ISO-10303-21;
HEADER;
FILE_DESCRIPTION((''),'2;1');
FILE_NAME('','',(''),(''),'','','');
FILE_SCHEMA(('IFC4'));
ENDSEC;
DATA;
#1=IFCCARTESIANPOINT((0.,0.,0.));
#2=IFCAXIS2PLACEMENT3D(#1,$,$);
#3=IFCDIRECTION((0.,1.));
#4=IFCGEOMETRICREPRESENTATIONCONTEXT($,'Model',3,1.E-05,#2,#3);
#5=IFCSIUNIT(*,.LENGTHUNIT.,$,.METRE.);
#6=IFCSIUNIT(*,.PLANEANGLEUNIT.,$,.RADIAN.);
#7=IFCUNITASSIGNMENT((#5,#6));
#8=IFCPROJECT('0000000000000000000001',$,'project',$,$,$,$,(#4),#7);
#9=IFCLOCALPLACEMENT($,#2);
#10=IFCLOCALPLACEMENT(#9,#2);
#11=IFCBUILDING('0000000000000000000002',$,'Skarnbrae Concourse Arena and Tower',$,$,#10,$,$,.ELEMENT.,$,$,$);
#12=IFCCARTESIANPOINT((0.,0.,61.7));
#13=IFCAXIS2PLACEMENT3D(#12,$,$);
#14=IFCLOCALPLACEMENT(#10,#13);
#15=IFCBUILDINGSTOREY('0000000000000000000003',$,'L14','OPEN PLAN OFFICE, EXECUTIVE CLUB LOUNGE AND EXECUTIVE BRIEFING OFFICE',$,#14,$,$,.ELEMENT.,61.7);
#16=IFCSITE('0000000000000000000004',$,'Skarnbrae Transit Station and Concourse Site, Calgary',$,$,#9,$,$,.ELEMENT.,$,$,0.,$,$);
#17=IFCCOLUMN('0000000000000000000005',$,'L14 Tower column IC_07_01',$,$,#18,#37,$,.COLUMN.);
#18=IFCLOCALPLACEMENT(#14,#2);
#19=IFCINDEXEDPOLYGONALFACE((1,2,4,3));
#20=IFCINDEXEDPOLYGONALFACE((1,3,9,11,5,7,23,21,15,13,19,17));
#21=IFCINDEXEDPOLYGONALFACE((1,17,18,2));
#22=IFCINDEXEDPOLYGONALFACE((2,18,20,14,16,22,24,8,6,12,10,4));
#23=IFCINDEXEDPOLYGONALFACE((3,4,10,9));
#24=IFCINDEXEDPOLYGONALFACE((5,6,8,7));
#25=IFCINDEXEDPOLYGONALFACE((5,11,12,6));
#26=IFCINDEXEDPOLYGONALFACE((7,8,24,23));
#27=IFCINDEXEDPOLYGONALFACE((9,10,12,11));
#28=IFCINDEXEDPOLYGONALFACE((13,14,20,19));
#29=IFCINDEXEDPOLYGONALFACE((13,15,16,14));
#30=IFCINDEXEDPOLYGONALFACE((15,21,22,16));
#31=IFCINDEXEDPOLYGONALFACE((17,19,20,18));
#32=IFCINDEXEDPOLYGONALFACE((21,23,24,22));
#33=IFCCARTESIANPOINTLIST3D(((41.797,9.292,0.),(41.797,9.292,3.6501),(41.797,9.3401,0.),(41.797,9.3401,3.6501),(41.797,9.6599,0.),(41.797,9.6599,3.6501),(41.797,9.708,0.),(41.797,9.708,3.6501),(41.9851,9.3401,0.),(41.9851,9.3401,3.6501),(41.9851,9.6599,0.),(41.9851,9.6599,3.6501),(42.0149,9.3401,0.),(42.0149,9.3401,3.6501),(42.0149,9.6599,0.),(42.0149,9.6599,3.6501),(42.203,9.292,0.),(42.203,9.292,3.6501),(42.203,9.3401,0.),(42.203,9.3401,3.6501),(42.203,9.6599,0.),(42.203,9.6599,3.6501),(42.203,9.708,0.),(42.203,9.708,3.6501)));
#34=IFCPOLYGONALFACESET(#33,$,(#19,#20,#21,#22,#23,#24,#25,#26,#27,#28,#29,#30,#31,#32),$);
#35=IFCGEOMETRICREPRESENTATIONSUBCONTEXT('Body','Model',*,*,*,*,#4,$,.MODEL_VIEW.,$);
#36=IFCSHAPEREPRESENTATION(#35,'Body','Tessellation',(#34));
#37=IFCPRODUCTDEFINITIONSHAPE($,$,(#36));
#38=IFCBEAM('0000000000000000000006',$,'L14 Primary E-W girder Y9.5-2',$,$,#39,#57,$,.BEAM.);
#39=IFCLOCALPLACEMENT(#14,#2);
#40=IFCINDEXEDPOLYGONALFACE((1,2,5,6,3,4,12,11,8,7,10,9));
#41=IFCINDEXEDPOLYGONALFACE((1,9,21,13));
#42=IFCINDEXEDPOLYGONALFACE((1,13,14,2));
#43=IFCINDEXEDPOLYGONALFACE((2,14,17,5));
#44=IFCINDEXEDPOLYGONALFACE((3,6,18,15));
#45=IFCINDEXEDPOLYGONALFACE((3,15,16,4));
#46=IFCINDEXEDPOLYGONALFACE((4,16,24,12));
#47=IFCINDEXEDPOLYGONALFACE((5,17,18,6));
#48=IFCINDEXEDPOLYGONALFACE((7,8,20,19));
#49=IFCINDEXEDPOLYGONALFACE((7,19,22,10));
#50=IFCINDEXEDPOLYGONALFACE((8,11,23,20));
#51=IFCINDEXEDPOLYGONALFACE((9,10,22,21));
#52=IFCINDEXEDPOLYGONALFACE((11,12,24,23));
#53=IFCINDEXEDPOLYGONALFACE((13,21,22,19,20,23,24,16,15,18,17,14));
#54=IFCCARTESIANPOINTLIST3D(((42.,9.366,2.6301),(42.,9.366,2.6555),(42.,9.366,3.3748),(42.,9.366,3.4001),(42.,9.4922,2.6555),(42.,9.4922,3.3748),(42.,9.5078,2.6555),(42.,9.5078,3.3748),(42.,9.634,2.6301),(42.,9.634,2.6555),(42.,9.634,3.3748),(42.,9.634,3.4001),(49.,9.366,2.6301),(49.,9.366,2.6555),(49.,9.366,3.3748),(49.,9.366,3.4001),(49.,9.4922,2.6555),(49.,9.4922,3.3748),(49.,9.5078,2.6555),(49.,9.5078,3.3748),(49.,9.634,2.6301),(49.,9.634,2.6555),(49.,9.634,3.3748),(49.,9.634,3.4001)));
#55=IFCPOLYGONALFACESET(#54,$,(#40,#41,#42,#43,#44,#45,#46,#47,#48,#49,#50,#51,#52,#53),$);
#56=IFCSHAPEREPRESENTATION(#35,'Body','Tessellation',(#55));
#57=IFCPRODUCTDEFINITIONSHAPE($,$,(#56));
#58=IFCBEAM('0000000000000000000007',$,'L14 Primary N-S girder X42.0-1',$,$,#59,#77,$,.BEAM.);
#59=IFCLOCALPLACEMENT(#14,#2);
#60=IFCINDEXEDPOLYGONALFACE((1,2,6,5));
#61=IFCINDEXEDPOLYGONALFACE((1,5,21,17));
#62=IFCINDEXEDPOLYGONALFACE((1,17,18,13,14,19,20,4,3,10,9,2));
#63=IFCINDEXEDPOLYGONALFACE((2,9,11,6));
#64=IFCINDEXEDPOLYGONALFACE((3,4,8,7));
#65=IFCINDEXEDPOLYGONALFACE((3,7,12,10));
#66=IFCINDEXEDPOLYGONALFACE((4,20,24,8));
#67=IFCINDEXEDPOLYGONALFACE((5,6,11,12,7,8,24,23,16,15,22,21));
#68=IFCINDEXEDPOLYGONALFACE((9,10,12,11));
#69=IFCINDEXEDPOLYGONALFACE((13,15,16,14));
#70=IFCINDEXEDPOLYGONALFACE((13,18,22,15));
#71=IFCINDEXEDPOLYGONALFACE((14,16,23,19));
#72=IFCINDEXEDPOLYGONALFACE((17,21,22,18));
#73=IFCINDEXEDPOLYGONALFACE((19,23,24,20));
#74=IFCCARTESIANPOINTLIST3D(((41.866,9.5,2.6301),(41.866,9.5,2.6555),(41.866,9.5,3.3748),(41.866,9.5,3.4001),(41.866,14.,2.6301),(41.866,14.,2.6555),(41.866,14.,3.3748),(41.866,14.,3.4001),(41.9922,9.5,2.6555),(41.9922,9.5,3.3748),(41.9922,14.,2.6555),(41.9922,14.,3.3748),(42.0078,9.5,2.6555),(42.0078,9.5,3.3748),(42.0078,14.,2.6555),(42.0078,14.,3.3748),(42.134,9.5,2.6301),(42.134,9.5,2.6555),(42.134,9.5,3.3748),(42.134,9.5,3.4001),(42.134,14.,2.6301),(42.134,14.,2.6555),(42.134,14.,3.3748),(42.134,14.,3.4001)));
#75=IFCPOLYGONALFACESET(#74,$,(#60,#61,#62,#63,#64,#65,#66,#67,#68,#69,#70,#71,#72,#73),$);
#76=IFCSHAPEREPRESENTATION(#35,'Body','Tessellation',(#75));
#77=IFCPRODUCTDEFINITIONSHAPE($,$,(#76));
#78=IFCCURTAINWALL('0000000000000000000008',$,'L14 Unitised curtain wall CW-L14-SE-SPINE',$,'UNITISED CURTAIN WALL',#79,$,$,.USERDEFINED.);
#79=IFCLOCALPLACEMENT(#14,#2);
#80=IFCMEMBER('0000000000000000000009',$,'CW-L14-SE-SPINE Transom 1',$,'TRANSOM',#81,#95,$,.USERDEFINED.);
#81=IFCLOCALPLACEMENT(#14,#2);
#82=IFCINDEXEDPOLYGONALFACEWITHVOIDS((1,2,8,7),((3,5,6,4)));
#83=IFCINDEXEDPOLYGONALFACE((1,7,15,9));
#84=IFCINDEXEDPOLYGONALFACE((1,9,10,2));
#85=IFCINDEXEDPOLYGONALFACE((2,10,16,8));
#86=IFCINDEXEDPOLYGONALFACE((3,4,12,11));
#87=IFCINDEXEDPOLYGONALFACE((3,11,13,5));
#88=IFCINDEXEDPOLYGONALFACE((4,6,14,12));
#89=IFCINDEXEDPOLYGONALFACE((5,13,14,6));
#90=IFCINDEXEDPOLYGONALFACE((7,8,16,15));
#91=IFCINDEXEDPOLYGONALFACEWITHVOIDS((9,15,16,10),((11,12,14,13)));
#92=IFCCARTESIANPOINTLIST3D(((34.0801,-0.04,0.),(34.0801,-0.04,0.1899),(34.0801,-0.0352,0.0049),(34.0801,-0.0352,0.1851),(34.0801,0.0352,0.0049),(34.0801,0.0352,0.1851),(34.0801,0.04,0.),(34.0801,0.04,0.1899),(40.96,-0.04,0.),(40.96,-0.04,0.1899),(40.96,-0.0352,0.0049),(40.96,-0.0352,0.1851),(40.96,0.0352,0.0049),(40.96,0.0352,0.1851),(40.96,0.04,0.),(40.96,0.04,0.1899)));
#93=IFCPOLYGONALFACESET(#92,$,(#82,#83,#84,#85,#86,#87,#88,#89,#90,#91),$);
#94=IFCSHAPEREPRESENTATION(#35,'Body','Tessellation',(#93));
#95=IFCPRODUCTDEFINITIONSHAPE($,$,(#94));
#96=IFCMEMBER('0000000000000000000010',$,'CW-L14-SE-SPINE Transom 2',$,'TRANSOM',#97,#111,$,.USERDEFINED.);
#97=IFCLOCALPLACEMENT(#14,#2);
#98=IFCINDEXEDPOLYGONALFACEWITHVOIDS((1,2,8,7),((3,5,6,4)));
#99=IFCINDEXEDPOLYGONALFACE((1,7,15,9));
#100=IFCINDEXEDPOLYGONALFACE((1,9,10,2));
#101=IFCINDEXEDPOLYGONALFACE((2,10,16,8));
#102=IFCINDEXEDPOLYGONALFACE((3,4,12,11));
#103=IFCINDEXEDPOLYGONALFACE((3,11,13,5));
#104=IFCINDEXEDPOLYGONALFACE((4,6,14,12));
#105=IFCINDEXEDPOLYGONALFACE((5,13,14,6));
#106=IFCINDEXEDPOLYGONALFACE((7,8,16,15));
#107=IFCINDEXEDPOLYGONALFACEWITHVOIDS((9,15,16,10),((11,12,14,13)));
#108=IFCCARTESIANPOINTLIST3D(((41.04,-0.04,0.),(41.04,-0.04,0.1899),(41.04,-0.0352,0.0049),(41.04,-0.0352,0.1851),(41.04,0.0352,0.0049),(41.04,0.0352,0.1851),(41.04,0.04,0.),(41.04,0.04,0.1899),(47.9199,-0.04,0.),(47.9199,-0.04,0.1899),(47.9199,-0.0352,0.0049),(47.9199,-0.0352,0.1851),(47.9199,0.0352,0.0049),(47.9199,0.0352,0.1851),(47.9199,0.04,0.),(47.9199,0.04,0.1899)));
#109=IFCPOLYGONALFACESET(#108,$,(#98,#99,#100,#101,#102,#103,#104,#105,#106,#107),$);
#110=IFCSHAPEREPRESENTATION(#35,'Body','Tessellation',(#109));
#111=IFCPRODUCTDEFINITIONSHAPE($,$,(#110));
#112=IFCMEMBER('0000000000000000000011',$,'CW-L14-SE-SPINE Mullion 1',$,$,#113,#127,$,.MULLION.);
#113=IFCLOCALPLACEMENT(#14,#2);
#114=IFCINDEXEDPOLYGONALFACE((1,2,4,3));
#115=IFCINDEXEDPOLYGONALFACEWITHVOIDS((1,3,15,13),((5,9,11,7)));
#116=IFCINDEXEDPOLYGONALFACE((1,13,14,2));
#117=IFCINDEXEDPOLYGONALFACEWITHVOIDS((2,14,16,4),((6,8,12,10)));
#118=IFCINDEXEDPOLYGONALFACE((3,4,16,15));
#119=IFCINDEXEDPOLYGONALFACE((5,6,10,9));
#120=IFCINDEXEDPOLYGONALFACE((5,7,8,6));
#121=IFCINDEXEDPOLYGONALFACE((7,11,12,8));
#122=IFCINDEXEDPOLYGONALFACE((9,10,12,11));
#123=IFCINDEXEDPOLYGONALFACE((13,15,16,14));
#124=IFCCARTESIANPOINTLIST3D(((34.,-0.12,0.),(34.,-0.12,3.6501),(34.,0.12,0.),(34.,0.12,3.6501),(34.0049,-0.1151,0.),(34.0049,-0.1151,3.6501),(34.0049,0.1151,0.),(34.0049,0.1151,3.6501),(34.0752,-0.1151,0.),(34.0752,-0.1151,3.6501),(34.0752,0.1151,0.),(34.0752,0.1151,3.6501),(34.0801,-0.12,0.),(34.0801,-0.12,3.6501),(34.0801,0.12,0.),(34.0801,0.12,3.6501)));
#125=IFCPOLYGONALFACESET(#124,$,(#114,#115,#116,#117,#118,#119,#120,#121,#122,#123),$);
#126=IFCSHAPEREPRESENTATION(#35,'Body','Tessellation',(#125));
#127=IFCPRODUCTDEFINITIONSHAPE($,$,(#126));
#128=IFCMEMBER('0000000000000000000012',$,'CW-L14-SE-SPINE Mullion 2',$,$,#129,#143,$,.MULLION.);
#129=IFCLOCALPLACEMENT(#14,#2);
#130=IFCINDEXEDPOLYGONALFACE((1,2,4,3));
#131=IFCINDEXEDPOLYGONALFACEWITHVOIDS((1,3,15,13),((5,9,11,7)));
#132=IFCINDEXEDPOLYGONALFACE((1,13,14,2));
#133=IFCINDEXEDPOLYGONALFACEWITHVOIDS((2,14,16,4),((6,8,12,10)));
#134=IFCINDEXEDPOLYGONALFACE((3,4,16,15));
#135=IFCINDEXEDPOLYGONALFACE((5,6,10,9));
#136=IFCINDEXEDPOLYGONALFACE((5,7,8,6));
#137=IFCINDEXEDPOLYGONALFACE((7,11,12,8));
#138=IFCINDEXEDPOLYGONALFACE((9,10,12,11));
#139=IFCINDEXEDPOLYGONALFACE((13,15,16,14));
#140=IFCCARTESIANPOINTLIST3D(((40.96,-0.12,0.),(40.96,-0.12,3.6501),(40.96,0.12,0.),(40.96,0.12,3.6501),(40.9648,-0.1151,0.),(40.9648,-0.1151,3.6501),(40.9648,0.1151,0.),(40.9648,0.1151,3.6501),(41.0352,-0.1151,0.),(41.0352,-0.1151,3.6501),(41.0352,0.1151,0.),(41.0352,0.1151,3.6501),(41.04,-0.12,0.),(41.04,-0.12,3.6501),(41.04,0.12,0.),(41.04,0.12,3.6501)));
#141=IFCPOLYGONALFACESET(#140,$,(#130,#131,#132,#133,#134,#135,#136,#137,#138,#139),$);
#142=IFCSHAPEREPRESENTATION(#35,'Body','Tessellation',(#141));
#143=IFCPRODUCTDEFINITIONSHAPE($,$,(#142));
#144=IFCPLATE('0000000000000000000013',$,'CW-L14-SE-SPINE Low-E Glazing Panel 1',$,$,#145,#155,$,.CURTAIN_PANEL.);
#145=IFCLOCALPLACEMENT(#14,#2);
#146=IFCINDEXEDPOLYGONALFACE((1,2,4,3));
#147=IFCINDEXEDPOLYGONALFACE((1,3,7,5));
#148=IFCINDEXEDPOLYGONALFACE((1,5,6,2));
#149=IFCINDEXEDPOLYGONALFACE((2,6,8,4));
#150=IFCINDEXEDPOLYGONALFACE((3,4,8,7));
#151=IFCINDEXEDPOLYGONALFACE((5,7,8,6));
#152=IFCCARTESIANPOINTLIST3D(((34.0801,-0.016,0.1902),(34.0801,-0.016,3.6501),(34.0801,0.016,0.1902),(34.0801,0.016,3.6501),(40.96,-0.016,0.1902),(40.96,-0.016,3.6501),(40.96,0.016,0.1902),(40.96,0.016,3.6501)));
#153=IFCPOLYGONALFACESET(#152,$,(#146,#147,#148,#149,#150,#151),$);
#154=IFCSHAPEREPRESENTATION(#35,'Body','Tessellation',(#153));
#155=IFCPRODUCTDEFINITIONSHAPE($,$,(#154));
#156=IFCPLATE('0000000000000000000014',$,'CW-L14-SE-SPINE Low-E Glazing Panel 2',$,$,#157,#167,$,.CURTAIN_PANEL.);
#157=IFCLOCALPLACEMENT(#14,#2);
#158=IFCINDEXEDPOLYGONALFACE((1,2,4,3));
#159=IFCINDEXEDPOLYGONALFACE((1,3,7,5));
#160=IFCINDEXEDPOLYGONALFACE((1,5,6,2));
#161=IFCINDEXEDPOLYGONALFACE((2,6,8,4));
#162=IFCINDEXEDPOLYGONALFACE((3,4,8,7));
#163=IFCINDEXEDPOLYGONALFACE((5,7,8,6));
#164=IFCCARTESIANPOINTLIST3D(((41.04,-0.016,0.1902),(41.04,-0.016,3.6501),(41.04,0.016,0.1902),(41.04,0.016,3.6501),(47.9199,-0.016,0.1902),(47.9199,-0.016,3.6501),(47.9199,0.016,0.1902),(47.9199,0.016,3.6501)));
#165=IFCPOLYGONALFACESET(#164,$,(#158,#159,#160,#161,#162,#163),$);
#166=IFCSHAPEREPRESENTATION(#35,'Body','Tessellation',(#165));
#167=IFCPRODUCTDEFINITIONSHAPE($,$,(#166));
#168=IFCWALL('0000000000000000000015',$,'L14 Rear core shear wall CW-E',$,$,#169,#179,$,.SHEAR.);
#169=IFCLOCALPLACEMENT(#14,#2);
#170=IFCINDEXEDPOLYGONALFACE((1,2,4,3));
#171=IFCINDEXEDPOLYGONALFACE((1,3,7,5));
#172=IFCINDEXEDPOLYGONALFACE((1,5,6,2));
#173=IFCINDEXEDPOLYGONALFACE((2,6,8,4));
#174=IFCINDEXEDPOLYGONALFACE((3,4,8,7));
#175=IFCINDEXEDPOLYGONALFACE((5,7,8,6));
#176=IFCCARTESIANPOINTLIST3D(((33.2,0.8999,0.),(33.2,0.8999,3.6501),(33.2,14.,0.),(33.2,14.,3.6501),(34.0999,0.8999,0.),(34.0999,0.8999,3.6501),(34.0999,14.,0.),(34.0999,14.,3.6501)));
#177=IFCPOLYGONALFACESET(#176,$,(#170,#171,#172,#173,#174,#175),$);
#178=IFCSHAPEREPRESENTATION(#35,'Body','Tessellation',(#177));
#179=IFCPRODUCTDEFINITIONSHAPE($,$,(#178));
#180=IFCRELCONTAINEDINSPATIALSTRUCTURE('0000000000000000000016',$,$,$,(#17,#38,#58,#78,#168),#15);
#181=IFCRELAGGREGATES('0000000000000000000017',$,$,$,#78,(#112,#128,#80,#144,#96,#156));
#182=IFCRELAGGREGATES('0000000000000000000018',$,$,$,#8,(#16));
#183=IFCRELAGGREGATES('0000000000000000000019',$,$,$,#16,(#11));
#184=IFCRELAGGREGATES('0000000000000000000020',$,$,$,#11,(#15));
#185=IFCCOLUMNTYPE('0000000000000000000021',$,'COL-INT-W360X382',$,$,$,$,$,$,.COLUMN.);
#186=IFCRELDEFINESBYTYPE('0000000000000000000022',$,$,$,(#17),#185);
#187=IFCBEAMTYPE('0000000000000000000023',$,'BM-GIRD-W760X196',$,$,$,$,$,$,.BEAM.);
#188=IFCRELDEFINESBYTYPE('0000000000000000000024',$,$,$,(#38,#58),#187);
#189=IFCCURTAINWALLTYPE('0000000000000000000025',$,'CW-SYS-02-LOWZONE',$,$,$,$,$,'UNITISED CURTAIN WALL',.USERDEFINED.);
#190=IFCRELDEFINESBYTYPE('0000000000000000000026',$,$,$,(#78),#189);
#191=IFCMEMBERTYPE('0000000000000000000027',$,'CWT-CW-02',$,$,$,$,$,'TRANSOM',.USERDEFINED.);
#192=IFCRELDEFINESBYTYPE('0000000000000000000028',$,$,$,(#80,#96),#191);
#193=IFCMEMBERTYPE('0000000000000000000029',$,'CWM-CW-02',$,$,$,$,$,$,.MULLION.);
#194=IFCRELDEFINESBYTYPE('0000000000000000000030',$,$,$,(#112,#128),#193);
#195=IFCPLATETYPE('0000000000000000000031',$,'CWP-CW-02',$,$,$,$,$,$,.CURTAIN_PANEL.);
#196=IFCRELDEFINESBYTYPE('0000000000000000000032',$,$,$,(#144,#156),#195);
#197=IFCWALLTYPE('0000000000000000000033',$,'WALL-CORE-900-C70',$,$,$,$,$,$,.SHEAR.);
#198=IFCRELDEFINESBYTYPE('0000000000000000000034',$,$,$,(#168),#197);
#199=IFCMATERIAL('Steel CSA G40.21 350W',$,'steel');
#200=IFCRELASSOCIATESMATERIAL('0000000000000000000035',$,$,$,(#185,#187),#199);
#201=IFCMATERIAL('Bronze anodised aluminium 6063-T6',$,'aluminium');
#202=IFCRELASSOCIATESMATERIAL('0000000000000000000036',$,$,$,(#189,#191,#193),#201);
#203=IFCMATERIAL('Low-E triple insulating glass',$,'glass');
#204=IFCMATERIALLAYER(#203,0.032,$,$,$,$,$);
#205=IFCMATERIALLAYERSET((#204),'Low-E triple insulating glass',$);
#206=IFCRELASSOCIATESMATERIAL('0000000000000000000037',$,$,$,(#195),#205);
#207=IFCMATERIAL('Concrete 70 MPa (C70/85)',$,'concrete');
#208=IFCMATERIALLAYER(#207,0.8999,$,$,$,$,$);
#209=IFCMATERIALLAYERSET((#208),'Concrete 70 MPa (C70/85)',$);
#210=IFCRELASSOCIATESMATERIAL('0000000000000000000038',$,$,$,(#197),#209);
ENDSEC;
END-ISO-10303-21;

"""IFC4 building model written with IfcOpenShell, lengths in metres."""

from ifc_helpers import new_model, si_unit, direction, frame, frame_2d, origin, origin_2d, place, context, subcontext, project, spatial, rectangle, hollow_rectangle, i_section, extrude, source, transform, mapped, material, layer, layer_set, material_profile, profile_set, type_object, element, aggregate, save


model = new_model("IFC4")

# Units and contexts
model_context = context("Model", 3, precision=1e-05, world=origin(), true_north=direction((0.0, 1.0)))
body_context = subcontext(model_context, "Body", "Model", "MODEL_VIEW")
ifc_project = project(units=[si_unit("LENGTHUNIT", "METRE"), si_unit("PLANEANGLEUNIT", "RADIAN")], contexts=[model_context])

# Site, building, storey
site_placement = place(None, origin())
site = spatial("IfcSite", under=ifc_project, at=site_placement, Name="Skarnbrae Transit Station and Concourse Site, Calgary", CompositionType="ELEMENT", RefElevation=0.0)
building_placement = place(site_placement, origin())
building = spatial("IfcBuilding", under=site, at=building_placement, Name="Skarnbrae Concourse Arena and Tower", CompositionType="ELEMENT")
storey_placement = place(building_placement, frame((0.0, 0.0, 61.7)))
storey = spatial("IfcBuildingStorey", under=building, at=storey_placement, Name="L14", Description="OPEN PLAN OFFICE, EXECUTIVE CLUB LOUNGE AND EXECUTIVE BRIEFING OFFICE", CompositionType="ELEMENT", Elevation=61.7)

# Column
ifc_material_1 = material(Name="Steel CSA G40.21 350W", Category="steel")
ifc_material_profile_1 = material_profile(ifc_material_1, i_section(OverallWidth=0.406, OverallDepth=0.416, WebThickness=0.0298, FlangeThickness=0.0481, at=origin_2d()), Name="W360X382")
ifc_profile_set_1 = profile_set([ifc_material_profile_1], Name="Steel CSA G40.21 350W")
column_type = type_object("IfcColumnType", Name="COL-INT-W360X382", PredefinedType="COLUMN", material=ifc_profile_set_1)
shared_shape_1 = source(origin(), body_context, "Body", "SweptSolid", [
    extrude(i_section(OverallWidth=0.406, OverallDepth=0.416, WebThickness=0.0298, FlangeThickness=0.0481, at=origin_2d()), origin(), (0.0, 0.0, 1.0), 3.6501),
])
column_placement = place(storey_placement, frame((42.0, 9.5, 0.0), z_axis=(0.0, 0.0, 1.0), x_axis=(1.0, 0.0, 0.0)))
element("IfcColumn", 1, at=column_placement, inside=storey, type_object=column_type, Name="L14 Tower column IC_07_01", PredefinedType="COLUMN", context=body_context, shape_type="MappedRepresentation", body=[
    mapped(shared_shape_1, transform((0.0, 0.0, 0.0))),
])

# Beams
ifc_material_profile_2 = material_profile(ifc_material_1, i_section(OverallWidth=0.2681, OverallDepth=0.77, WebThickness=0.0156, FlangeThickness=0.0254, at=origin_2d()), Name="W760X196")
ifc_profile_set_2 = profile_set([ifc_material_profile_2], Name="Steel CSA G40.21 350W")
beam_type = type_object("IfcBeamType", Name="BM-GIRD-W760X196", PredefinedType="BEAM", material=ifc_profile_set_2)
shared_shape_2 = source(origin(), body_context, "Body", "SweptSolid", [
    extrude(i_section(OverallWidth=0.2681, OverallDepth=0.77, WebThickness=0.0156, FlangeThickness=0.0254, at=origin_2d()), origin(), (0.0, 0.0, 1.0), 7.0),
])
beam_1_placement = place(storey_placement, frame((42.0, 9.5, 3.0151), z_axis=(1.0, 0.0, 0.0), x_axis=(0.0, 1.0, 0.0)))
element("IfcBeam", 2, at=beam_1_placement, inside=storey, type_object=beam_type, Name="L14 Primary E-W girder Y9.5-2", PredefinedType="BEAM", context=body_context, shape_type="MappedRepresentation", body=[
    mapped(shared_shape_2, transform((0.0, 0.0, 0.0))),
])
shared_shape_3 = source(origin(), body_context, "Body", "SweptSolid", [
    extrude(i_section(OverallWidth=0.2681, OverallDepth=0.77, WebThickness=0.0156, FlangeThickness=0.0254, at=origin_2d()), origin(), (0.0, 0.0, 1.0), 4.5),
])
beam_2_placement = place(storey_placement, frame((42.0, 9.5, 3.0151), z_axis=(0.0, 1.0, 0.0), x_axis=(-1.0, 0.0, 0.0)))
element("IfcBeam", 3, at=beam_2_placement, inside=storey, type_object=beam_type, Name="L14 Primary N-S girder X42.0-1", PredefinedType="BEAM", context=body_context, shape_type="MappedRepresentation", body=[
    mapped(shared_shape_3, transform((0.0, 0.0, 0.0))),
])

# Curtain wall, members, plates
ifc_material_2 = material(Name="Bronze anodised aluminium 6063-T6", Category="aluminium")
curtain_wall_type = type_object("IfcCurtainWallType", Name="CW-SYS-02-LOWZONE", ElementType="UNITISED CURTAIN WALL", PredefinedType="USERDEFINED", material=ifc_material_2)
curtain_wall_placement = place(storey_placement, origin())
curtain_wall = element("IfcCurtainWall", 4, at=curtain_wall_placement, inside=storey, type_object=curtain_wall_type, Name="L14 Unitised curtain wall CW-L14-SE-SPINE", ObjectType="UNITISED CURTAIN WALL", PredefinedType="USERDEFINED")
ifc_material_profile_3 = material_profile(ifc_material_2, hollow_rectangle(XDim=0.0801, YDim=0.1899, WallThickness=0.0049, at=origin_2d()), Name="ALU-TRAN-80X190")
ifc_profile_set_3 = profile_set([ifc_material_profile_3], Name="Bronze anodised aluminium 6063-T6")
member_type_1 = type_object("IfcMemberType", Name="CWT-CW-02", ElementType="TRANSOM", PredefinedType="USERDEFINED", material=ifc_profile_set_3)
shared_shape_4 = source(origin(), body_context, "Body", "SweptSolid", [
    extrude(hollow_rectangle(XDim=0.0801, YDim=0.1899, WallThickness=0.0049, at=origin_2d()), origin(), (0.0, 0.0, 1.0), 6.8799),
])
member_1_placement = place(storey_placement, frame((34.0801, 0.0, 0.095), z_axis=(1.0, 0.0, 0.0), x_axis=(0.0, 1.0, 0.0)))
member_1 = element("IfcMember", 5, at=member_1_placement, type_object=member_type_1, Name="CW-L14-SE-SPINE Transom 1", ObjectType="TRANSOM", PredefinedType="USERDEFINED", context=body_context, shape_type="MappedRepresentation", body=[
    mapped(shared_shape_4, transform((0.0, 0.0, 0.0))),
])
member_2_placement = place(storey_placement, frame((41.04, 0.0, 0.095), z_axis=(1.0, 0.0, 0.0), x_axis=(0.0, 1.0, 0.0)))
member_2 = element("IfcMember", 6, at=member_2_placement, type_object=member_type_1, Name="CW-L14-SE-SPINE Transom 2", ObjectType="TRANSOM", PredefinedType="USERDEFINED", context=body_context, shape_type="MappedRepresentation", body=[
    mapped(shared_shape_4, transform((0.0, 0.0, 0.0))),
])
ifc_material_profile_4 = material_profile(ifc_material_2, hollow_rectangle(XDim=0.0801, YDim=0.24, WallThickness=0.0049, at=origin_2d()), Name="ALU-MULL-80X240")
ifc_profile_set_4 = profile_set([ifc_material_profile_4], Name="Bronze anodised aluminium 6063-T6")
member_type_2 = type_object("IfcMemberType", Name="CWM-CW-02", PredefinedType="MULLION", material=ifc_profile_set_4)
shared_shape_5 = source(origin(), body_context, "Body", "SweptSolid", [
    extrude(hollow_rectangle(XDim=0.0801, YDim=0.24, WallThickness=0.0049, at=origin_2d()), origin(), (0.0, 0.0, 1.0), 3.6501),
])
member_3_placement = place(storey_placement, frame((34.04, 0.0, 0.0), z_axis=(0.0, 0.0, 1.0), x_axis=(1.0, 0.0, 0.0)))
member_3 = element("IfcMember", 7, at=member_3_placement, type_object=member_type_2, Name="CW-L14-SE-SPINE Mullion 1", PredefinedType="MULLION", context=body_context, shape_type="MappedRepresentation", body=[
    mapped(shared_shape_5, transform((0.0, 0.0, 0.0))),
])
member_4_placement = place(storey_placement, frame((41.0, 0.0, 0.0), z_axis=(0.0, 0.0, 1.0), x_axis=(1.0, 0.0, 0.0)))
member_4 = element("IfcMember", 8, at=member_4_placement, type_object=member_type_2, Name="CW-L14-SE-SPINE Mullion 2", PredefinedType="MULLION", context=body_context, shape_type="MappedRepresentation", body=[
    mapped(shared_shape_5, transform((0.0, 0.0, 0.0))),
])
ifc_material_3 = material(Name="Low-E triple insulating glass", Category="glass")
ifc_layer_1 = layer(ifc_material_3, 0.032)
ifc_layer_set_1 = layer_set([ifc_layer_1], Name="Low-E triple insulating glass")
plate_type = type_object("IfcPlateType", Name="CWP-CW-02", PredefinedType="CURTAIN_PANEL", material=ifc_layer_set_1)
shared_shape_6 = source(origin(), body_context, "Body", "SweptSolid", [
    extrude(rectangle(XDim=6.8799, YDim=0.032, at=origin_2d()), origin(), (0.0, 0.0, 1.0), 3.46),
])
plate_1_placement = place(storey_placement, frame((37.52, 0.0, 0.1902), z_axis=(0.0, 0.0, 1.0), x_axis=(1.0, 0.0, 0.0)))
plate_1 = element("IfcPlate", 9, at=plate_1_placement, type_object=plate_type, Name="CW-L14-SE-SPINE Low-E Glazing Panel 1", PredefinedType="CURTAIN_PANEL", context=body_context, shape_type="MappedRepresentation", body=[
    mapped(shared_shape_6, transform((0.0, 0.0, 0.0))),
])
plate_2_placement = place(storey_placement, frame((44.48, 0.0, 0.1902), z_axis=(0.0, 0.0, 1.0), x_axis=(1.0, 0.0, 0.0)))
plate_2 = element("IfcPlate", 10, at=plate_2_placement, type_object=plate_type, Name="CW-L14-SE-SPINE Low-E Glazing Panel 2", PredefinedType="CURTAIN_PANEL", context=body_context, shape_type="MappedRepresentation", body=[
    mapped(shared_shape_6, transform((0.0, 0.0, 0.0))),
])
aggregate(curtain_wall, [member_3, member_4, member_1, plate_1, member_2, plate_2])

# Wall
ifc_material_4 = material(Name="Concrete 70 MPa (C70/85)", Category="concrete")
ifc_layer_2 = layer(ifc_material_4, 0.8999)
ifc_layer_set_2 = layer_set([ifc_layer_2], Name="Concrete 70 MPa (C70/85)")
wall_type_1 = type_object("IfcWallType", Name="WALL-CORE-900-C70", PredefinedType="SHEAR", material=ifc_layer_set_2)
shared_shape_7 = source(origin(), body_context, "Body", "SweptSolid", [
    extrude(rectangle(XDim=13.1001, YDim=0.8999, at=frame_2d((6.55, 0.0))), origin(), (0.0, 0.0, 1.0), 3.6501),
])
wall_1_placement = place(storey_placement, frame((33.6499, 0.8999, 0.0), z_axis=(0.0, 0.0, 1.0), x_axis=(0.0, 1.0, 0.0)))
element("IfcWall", 11, at=wall_1_placement, inside=storey, type_object=wall_type_1, Name="L14 Rear core shear wall CW-E", PredefinedType="SHEAR", context=body_context, shape_type="MappedRepresentation", body=[
    mapped(shared_shape_7, transform((0.0, 0.0, 0.0))),
])

save(model, "model.ifc")
